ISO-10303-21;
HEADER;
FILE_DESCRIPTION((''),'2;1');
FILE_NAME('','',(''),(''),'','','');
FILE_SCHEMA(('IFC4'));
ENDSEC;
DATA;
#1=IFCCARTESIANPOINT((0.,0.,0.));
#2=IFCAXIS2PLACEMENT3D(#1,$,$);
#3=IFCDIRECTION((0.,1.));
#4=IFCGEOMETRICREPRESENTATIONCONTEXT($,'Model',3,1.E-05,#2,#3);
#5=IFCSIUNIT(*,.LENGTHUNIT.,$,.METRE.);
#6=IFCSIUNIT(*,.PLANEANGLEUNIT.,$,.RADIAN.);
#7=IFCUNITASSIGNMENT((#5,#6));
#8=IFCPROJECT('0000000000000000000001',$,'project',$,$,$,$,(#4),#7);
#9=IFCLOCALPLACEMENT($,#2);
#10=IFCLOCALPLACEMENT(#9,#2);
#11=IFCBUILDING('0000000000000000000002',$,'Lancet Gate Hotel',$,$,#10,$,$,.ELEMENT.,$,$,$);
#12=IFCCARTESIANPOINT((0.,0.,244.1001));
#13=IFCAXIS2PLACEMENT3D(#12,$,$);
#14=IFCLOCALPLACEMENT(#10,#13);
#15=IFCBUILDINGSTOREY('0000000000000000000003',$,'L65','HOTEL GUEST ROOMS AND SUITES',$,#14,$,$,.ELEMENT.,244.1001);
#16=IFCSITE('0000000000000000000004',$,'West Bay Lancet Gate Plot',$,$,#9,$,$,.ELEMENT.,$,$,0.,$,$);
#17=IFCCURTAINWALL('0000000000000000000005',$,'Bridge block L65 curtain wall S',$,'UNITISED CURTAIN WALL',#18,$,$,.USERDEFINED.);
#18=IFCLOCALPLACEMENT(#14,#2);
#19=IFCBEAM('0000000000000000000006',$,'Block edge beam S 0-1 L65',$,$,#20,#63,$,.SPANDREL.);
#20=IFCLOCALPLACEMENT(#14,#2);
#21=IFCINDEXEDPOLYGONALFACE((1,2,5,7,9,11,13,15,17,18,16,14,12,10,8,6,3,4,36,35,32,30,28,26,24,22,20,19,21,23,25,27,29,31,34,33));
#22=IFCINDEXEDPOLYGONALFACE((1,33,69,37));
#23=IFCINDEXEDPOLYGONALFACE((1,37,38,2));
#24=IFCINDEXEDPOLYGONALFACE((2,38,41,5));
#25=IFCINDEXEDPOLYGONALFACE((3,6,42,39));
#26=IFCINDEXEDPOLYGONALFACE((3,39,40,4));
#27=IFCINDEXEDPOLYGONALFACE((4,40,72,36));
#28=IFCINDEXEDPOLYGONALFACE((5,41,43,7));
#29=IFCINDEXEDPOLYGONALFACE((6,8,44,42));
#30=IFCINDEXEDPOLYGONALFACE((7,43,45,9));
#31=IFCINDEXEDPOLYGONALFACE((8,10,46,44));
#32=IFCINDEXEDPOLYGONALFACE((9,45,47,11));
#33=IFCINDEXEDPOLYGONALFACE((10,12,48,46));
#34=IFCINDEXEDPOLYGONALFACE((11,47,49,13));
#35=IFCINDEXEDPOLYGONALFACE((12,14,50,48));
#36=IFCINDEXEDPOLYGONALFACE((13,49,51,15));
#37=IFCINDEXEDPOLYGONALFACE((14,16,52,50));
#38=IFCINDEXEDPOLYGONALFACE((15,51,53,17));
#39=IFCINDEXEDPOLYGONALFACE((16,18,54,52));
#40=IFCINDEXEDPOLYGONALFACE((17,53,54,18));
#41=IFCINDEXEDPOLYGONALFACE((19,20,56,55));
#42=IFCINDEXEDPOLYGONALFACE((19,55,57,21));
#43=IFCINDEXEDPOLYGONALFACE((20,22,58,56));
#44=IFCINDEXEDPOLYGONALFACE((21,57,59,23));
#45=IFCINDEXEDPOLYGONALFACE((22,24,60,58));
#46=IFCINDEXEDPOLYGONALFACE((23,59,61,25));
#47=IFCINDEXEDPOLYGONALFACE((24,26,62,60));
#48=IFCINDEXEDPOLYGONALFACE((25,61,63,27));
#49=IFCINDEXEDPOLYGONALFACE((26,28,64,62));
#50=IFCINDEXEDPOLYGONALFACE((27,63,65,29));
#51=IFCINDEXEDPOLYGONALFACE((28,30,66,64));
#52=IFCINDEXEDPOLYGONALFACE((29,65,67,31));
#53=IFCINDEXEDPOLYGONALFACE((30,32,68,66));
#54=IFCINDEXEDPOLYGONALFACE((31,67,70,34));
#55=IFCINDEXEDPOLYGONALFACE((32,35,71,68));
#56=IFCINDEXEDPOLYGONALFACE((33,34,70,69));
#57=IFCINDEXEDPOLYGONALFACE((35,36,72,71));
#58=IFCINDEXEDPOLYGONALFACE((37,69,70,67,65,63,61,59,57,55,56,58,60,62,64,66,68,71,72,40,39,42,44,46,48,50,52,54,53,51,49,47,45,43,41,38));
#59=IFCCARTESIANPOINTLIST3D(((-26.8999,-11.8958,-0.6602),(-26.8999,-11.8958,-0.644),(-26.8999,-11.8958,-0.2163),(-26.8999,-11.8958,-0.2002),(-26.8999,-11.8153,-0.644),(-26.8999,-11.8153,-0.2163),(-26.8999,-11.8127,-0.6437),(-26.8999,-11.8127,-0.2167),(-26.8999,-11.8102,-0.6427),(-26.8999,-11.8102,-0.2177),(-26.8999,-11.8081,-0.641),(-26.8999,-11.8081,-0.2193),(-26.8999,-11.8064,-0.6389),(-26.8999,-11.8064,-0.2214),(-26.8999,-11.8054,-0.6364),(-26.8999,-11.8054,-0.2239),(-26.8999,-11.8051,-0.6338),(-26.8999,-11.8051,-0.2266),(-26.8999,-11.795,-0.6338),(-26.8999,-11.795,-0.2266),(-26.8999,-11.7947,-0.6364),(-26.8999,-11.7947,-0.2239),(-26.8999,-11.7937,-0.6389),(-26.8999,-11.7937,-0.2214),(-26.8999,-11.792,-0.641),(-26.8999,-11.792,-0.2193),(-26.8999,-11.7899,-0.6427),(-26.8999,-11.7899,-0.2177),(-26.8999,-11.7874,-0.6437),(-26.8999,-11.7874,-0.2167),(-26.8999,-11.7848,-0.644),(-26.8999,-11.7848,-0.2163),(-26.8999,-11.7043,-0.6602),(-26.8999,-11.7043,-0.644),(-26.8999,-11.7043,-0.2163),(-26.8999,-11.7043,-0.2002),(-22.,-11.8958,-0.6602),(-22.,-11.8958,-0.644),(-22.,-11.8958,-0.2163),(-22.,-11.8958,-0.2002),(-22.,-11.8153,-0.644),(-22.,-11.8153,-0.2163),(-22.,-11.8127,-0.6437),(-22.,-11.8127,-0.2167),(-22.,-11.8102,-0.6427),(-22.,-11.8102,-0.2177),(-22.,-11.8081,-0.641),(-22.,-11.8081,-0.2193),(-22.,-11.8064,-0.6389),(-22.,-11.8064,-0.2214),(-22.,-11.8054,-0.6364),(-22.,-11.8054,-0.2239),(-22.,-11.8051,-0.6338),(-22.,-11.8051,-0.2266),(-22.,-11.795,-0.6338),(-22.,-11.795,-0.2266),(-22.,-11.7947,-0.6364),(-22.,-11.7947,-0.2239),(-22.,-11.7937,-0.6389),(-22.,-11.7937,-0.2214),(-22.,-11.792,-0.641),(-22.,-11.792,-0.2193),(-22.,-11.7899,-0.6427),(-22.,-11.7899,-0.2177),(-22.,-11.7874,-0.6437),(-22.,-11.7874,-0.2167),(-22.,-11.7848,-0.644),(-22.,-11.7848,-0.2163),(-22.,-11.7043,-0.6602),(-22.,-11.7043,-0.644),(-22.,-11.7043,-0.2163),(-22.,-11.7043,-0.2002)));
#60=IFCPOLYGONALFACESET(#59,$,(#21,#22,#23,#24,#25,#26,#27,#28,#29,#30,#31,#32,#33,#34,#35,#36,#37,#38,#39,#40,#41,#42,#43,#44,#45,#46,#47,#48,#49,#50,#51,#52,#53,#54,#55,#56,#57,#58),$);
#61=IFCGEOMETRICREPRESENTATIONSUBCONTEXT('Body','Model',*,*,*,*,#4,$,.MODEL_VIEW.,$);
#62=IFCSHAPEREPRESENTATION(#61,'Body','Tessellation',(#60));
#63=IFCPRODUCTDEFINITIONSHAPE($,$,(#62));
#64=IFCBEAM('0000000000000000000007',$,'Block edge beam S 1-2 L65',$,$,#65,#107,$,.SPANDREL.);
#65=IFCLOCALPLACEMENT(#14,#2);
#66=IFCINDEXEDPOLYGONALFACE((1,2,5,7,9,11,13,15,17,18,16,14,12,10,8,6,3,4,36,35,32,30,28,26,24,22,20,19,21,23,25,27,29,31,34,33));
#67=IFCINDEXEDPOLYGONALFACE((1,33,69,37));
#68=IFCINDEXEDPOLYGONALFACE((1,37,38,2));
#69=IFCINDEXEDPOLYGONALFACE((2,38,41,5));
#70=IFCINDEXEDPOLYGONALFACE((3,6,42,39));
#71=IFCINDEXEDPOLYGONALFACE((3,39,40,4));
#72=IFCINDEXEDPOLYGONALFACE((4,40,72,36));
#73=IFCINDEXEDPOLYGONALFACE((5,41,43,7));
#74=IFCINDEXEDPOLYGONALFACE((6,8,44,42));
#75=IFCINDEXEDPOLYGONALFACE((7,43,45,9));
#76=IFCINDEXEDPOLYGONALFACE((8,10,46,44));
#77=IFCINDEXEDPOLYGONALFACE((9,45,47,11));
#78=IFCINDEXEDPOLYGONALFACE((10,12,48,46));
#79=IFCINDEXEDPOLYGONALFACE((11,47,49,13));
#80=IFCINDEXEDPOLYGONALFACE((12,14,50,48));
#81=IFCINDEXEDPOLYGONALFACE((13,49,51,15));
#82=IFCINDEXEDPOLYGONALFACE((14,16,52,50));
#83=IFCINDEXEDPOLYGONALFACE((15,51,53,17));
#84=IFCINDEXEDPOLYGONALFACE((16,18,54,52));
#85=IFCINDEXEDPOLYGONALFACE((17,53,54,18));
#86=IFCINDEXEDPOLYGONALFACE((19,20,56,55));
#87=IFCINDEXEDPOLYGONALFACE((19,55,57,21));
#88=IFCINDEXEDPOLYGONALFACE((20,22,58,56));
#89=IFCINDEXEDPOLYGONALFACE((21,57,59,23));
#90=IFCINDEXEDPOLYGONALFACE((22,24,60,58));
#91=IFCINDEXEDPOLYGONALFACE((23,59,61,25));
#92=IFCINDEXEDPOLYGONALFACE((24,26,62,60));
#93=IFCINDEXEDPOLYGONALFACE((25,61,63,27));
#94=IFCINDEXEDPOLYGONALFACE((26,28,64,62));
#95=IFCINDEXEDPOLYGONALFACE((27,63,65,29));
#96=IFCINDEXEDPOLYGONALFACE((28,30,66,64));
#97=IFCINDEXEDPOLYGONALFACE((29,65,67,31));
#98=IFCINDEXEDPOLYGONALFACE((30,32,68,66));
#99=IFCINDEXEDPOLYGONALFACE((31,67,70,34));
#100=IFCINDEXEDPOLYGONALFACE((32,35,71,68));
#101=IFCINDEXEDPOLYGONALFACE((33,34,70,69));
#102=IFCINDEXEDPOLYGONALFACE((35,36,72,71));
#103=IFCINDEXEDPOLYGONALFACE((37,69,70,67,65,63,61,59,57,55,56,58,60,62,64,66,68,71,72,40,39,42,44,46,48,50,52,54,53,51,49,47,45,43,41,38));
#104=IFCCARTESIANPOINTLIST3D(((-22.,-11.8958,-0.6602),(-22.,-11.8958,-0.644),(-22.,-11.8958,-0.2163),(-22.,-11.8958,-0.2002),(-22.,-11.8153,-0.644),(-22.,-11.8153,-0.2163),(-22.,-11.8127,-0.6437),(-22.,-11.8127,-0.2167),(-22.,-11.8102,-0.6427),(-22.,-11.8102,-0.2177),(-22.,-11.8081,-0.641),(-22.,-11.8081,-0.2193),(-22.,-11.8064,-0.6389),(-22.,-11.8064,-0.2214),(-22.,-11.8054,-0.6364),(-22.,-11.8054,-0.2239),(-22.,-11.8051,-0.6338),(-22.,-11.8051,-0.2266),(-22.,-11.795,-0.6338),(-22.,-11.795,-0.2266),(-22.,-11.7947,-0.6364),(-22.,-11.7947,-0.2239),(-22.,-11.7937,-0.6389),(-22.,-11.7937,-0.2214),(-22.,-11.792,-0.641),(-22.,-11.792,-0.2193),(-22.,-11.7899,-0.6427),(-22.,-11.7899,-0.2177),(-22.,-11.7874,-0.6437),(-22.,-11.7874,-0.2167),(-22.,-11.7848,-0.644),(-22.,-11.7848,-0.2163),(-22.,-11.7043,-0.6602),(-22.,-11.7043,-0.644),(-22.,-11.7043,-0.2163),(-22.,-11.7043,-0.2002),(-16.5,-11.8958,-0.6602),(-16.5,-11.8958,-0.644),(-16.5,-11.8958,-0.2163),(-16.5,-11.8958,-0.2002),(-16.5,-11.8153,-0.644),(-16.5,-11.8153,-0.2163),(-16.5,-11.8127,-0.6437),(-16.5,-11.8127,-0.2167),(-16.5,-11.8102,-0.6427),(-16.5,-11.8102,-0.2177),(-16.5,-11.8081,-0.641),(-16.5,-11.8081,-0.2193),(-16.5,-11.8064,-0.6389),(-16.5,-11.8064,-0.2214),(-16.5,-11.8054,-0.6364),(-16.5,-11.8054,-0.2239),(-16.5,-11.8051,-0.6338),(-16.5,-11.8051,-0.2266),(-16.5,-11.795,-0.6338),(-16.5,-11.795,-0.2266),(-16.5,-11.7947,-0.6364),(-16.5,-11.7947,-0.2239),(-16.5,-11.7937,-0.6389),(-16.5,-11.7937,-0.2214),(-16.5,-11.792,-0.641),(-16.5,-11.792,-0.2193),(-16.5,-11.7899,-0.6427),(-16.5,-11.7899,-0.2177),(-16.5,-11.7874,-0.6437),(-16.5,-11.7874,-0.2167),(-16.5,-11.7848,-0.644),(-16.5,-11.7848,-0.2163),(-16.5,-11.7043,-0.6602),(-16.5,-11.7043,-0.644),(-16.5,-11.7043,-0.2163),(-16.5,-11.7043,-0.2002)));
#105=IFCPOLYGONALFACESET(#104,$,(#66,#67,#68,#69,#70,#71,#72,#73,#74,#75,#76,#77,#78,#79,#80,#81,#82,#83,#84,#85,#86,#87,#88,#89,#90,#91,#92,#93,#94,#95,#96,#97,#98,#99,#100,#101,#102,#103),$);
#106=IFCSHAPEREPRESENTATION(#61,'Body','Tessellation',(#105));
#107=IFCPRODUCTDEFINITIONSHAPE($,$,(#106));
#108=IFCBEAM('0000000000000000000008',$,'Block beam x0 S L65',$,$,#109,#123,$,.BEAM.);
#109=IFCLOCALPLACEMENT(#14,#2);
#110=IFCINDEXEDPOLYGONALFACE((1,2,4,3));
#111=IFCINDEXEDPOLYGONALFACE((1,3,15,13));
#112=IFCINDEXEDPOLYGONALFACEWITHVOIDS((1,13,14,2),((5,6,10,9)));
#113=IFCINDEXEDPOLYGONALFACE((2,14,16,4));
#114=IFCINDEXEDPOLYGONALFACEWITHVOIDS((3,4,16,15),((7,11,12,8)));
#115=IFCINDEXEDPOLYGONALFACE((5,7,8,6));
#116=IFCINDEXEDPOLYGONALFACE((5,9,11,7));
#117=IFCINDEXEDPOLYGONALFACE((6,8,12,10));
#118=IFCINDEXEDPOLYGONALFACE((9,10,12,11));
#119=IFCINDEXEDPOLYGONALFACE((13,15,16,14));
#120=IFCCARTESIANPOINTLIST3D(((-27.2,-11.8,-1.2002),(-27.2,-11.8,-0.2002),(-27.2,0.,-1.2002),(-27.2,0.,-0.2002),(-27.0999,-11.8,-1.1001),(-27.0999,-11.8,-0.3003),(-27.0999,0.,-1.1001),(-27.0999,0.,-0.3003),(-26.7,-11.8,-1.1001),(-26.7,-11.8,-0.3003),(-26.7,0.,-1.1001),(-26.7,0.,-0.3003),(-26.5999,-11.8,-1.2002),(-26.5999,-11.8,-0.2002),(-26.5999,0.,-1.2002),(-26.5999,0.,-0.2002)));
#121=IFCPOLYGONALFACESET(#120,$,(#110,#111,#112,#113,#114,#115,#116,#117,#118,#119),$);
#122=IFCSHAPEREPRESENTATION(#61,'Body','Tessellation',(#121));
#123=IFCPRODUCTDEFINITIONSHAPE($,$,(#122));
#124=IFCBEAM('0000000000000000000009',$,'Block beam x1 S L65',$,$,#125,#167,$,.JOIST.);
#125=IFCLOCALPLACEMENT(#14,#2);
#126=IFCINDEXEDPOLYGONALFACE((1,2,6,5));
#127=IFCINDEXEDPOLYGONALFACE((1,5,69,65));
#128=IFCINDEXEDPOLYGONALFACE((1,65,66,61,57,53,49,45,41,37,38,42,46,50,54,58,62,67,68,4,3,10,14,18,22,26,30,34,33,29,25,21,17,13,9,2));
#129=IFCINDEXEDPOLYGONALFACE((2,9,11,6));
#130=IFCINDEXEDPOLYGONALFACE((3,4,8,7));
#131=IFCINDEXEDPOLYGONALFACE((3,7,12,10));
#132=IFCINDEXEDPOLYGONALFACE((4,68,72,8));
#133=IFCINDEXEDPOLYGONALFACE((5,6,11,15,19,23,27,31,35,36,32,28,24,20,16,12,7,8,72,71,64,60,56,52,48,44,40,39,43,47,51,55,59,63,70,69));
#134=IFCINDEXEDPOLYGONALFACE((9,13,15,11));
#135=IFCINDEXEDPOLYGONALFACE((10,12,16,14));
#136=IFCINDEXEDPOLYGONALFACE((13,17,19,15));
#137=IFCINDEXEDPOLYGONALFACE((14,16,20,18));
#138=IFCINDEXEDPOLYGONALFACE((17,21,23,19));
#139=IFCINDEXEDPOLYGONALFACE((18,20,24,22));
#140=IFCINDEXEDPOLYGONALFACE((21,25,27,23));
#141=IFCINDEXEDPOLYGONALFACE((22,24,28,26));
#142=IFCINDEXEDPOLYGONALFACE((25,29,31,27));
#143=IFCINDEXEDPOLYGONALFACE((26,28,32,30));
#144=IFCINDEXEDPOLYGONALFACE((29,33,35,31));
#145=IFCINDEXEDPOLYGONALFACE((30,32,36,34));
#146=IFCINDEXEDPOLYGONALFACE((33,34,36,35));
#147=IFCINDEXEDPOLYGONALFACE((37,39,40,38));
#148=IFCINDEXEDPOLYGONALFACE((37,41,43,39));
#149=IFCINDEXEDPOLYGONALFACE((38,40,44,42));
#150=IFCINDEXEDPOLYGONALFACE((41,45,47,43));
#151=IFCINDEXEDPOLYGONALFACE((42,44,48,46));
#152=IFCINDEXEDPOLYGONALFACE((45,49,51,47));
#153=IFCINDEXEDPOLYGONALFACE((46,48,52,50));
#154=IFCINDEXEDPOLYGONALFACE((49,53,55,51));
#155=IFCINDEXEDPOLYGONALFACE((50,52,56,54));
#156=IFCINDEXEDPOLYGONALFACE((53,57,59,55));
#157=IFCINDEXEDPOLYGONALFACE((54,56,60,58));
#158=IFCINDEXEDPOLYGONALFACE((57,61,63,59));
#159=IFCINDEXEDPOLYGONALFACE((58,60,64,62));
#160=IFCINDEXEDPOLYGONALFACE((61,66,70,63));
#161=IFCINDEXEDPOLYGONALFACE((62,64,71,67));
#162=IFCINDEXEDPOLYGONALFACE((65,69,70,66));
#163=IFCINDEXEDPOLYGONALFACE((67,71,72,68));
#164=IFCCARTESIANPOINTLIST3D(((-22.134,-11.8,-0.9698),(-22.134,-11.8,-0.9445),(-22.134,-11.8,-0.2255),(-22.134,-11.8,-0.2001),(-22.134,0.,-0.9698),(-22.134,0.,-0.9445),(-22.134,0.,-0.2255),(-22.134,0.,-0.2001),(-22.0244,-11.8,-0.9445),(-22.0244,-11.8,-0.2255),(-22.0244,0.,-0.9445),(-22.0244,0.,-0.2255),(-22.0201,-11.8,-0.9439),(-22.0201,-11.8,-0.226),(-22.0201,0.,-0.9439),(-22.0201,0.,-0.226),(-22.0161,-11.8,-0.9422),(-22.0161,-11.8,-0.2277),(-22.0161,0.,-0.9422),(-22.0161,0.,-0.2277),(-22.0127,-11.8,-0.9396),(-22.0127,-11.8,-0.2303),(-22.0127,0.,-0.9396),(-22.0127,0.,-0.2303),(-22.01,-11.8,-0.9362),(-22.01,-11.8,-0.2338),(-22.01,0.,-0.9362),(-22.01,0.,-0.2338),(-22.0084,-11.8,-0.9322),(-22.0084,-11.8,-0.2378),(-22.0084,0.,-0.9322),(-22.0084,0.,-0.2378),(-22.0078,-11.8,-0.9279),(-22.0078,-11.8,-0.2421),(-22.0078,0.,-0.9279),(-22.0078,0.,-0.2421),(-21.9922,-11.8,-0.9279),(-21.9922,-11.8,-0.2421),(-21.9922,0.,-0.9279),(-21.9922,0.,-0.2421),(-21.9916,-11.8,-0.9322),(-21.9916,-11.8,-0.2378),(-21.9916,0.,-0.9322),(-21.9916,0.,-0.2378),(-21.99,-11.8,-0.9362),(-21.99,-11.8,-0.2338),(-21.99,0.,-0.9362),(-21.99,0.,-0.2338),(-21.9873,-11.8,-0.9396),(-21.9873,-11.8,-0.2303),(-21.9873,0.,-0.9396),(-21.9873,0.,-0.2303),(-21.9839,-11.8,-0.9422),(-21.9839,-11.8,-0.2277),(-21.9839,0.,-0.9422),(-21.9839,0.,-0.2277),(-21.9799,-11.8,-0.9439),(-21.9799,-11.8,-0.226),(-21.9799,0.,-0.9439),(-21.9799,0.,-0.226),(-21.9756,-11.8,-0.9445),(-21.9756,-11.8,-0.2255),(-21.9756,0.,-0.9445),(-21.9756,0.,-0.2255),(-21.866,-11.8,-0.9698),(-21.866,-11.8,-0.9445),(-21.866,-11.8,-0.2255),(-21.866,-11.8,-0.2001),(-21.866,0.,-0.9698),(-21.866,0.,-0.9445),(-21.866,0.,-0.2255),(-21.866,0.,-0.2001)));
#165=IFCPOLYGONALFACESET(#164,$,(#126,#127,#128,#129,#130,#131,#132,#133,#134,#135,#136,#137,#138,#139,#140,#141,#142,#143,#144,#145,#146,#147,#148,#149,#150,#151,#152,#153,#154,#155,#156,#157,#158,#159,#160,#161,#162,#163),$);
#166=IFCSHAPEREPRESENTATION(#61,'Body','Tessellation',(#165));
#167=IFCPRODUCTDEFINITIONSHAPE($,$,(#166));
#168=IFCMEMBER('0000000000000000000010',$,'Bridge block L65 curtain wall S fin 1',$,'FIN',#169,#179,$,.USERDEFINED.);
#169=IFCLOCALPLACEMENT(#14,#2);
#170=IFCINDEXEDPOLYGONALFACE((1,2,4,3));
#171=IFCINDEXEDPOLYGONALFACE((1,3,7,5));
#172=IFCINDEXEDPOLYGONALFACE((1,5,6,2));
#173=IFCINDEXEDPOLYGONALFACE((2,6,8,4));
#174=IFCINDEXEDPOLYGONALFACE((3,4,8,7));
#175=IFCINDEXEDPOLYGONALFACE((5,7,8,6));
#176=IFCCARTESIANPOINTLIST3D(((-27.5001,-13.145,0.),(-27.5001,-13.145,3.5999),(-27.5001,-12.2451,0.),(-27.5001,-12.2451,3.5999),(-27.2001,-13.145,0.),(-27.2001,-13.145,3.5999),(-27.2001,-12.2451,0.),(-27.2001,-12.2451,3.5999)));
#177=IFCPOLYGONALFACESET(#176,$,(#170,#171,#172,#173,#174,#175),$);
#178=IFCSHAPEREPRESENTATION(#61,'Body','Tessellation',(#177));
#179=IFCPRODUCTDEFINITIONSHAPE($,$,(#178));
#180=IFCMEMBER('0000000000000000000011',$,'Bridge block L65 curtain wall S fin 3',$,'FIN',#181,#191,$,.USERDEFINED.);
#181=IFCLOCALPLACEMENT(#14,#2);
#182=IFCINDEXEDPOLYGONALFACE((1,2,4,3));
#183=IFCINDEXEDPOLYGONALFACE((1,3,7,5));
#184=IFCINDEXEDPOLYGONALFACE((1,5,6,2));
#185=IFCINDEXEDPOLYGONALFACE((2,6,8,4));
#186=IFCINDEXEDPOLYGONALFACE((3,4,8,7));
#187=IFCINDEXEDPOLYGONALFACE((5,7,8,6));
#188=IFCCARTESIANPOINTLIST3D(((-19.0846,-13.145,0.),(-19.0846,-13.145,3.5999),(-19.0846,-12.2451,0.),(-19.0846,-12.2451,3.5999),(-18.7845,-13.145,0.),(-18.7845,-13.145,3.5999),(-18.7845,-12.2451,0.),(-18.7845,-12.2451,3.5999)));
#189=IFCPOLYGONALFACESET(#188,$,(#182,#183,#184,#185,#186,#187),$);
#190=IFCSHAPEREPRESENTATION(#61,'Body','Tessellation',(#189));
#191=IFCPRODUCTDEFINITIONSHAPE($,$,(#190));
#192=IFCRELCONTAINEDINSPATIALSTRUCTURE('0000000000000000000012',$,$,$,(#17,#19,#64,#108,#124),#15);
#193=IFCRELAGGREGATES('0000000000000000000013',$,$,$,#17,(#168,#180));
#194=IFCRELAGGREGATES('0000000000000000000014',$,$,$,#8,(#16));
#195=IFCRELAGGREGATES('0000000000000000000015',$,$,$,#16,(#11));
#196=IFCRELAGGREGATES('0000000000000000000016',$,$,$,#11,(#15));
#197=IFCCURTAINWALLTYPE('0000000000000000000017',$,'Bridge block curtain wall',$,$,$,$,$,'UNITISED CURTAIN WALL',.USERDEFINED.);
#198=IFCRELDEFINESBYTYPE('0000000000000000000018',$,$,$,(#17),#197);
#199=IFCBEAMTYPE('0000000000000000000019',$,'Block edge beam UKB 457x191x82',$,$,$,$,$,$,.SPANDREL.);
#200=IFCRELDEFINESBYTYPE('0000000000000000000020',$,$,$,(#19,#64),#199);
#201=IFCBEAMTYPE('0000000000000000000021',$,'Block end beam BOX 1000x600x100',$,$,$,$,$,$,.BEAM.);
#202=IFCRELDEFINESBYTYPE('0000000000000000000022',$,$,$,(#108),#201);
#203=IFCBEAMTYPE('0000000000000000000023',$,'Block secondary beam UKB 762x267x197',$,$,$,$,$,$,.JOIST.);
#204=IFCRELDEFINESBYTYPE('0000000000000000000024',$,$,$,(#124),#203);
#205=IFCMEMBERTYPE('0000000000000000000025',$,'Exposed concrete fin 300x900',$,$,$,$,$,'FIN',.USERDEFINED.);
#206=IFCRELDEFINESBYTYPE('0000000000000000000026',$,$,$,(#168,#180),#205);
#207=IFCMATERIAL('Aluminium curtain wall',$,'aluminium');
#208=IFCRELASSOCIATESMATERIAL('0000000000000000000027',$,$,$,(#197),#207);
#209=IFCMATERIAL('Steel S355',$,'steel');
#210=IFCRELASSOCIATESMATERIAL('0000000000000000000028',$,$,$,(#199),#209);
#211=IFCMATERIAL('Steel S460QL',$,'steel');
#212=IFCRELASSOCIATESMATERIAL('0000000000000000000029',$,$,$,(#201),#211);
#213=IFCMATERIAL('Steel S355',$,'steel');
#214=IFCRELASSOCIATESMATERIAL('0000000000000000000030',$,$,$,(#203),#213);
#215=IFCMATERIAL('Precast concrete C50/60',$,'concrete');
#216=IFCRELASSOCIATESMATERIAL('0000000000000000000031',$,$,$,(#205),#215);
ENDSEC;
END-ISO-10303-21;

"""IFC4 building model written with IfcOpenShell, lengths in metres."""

from ifc_helpers import new_model, si_unit, direction, frame, origin, origin_2d, place, context, subcontext, project, spatial, rectangle, hollow_rectangle, i_section, extrude, material, material_profile, profile_set, type_object, element, aggregate, save


model = new_model("IFC4")

# Units and contexts
model_context = context("Model", 3, precision=1e-05, world=origin(), true_north=direction((0.0, 1.0)))
body_context = subcontext(model_context, "Body", "Model", "MODEL_VIEW")
ifc_project = project(units=[si_unit("LENGTHUNIT", "METRE"), si_unit("PLANEANGLEUNIT", "RADIAN")], contexts=[model_context])

# Site, building, storey
site_placement = place(None, origin())
site = spatial("IfcSite", under=ifc_project, at=site_placement, Name="West Bay Lancet Gate Plot", CompositionType="ELEMENT", RefElevation=0.0)
building_placement = place(site_placement, origin())
building = spatial("IfcBuilding", under=site, at=building_placement, Name="Lancet Gate Hotel", CompositionType="ELEMENT")
storey_placement = place(building_placement, frame((0.0, 0.0, 244.1001)))
storey = spatial("IfcBuildingStorey", under=building, at=storey_placement, Name="L65", Description="HOTEL GUEST ROOMS AND SUITES", CompositionType="ELEMENT", Elevation=244.1001)

# Curtain wall
ifc_material_1 = material(Name="Aluminium curtain wall", Category="aluminium")
curtain_wall_type_1 = type_object("IfcCurtainWallType", Name="Bridge block curtain wall", ElementType="UNITISED CURTAIN WALL", PredefinedType="USERDEFINED", material=ifc_material_1)
curtain_wall_1_placement = place(storey_placement, origin())
curtain_wall_1 = element("IfcCurtainWall", 1, at=curtain_wall_1_placement, inside=storey, type_object=curtain_wall_type_1, Name="Bridge block L65 curtain wall S", ObjectType="UNITISED CURTAIN WALL", PredefinedType="USERDEFINED")

# Beams
ifc_material_2 = material(Name="Steel S355", Category="steel")
ifc_material_profile_1 = material_profile(ifc_material_2, i_section(OverallWidth=0.1914, OverallDepth=0.46, WebThickness=0.01, FlangeThickness=0.0161, FilletRadius=0.0103, at=origin_2d()), Name="UKB 457x191x82")
ifc_profile_set_1 = profile_set([ifc_material_profile_1], Name="Steel S355")
beam_type_1 = type_object("IfcBeamType", Name="Block edge beam UKB 457x191x82", PredefinedType="SPANDREL", material=ifc_profile_set_1)
beam_1_placement = place(storey_placement, frame((-26.8999, -11.8, -0.4302), z_axis=(1.0, 0.0, 0.0), x_axis=(0.0, 1.0, 0.0)))
element("IfcBeam", 2, at=beam_1_placement, inside=storey, type_object=beam_type_1, Name="Block edge beam S 0-1 L65", PredefinedType="SPANDREL", context=body_context, shape_type="SweptSolid", body=[
    extrude(i_section(OverallWidth=0.1914, OverallDepth=0.46, WebThickness=0.01, FlangeThickness=0.0161, FilletRadius=0.0103, at=origin_2d()), origin(), (0.0, 0.0, 1.0), 4.8999),
])
beam_2_placement = place(storey_placement, frame((-22.0, -11.8, -0.4302), z_axis=(1.0, 0.0, 0.0), x_axis=(0.0, 1.0, 0.0)))
element("IfcBeam", 3, at=beam_2_placement, inside=storey, type_object=beam_type_1, Name="Block edge beam S 1-2 L65", PredefinedType="SPANDREL", context=body_context, shape_type="SweptSolid", body=[
    extrude(i_section(OverallWidth=0.1914, OverallDepth=0.46, WebThickness=0.01, FlangeThickness=0.0161, FilletRadius=0.0103, at=origin_2d()), origin(), (0.0, 0.0, 1.0), 5.5),
])
ifc_material_3 = material(Name="Steel S460QL", Category="steel")
ifc_material_profile_2 = material_profile(ifc_material_3, hollow_rectangle(XDim=0.6001, YDim=1.0, WallThickness=0.1001, at=origin_2d()), Name="BOX 1000x600x100")
ifc_profile_set_2 = profile_set([ifc_material_profile_2], Name="Steel S460QL")
beam_type_2 = type_object("IfcBeamType", Name="Block end beam BOX 1000x600x100", PredefinedType="BEAM", material=ifc_profile_set_2)
beam_3_placement = place(storey_placement, frame((-26.8999, -11.8, -0.7002), z_axis=(0.0, 1.0, 0.0), x_axis=(-1.0, 0.0, 0.0)))
element("IfcBeam", 4, at=beam_3_placement, inside=storey, type_object=beam_type_2, Name="Block beam x0 S L65", PredefinedType="BEAM", context=body_context, shape_type="SweptSolid", body=[
    extrude(hollow_rectangle(XDim=0.6001, YDim=1.0, WallThickness=0.1001, at=origin_2d()), origin(), (0.0, 0.0, 1.0), 11.8),
])
ifc_material_4 = material(Name="Steel S355", Category="steel")
ifc_material_profile_3 = material_profile(ifc_material_4, i_section(OverallWidth=0.2681, OverallDepth=0.7698, WebThickness=0.0156, FlangeThickness=0.0254, FilletRadius=0.0166, at=origin_2d()), Name="UKB 762x267x197")
ifc_profile_set_3 = profile_set([ifc_material_profile_3], Name="Steel S355")
beam_type_3 = type_object("IfcBeamType", Name="Block secondary beam UKB 762x267x197", PredefinedType="JOIST", material=ifc_profile_set_3)
beam_4_placement = place(storey_placement, frame((-22.0, -11.8, -0.585), z_axis=(0.0, 1.0, 0.0), x_axis=(-1.0, 0.0, 0.0)))
element("IfcBeam", 5, at=beam_4_placement, inside=storey, type_object=beam_type_3, Name="Block beam x1 S L65", PredefinedType="JOIST", context=body_context, shape_type="SweptSolid", body=[
    extrude(i_section(OverallWidth=0.2681, OverallDepth=0.7698, WebThickness=0.0156, FlangeThickness=0.0254, FilletRadius=0.0166, at=origin_2d()), origin(), (0.0, 0.0, 1.0), 11.8),
])

# Members
ifc_material_5 = material(Name="Precast concrete C50/60", Category="concrete")
ifc_material_profile_4 = material_profile(ifc_material_5, rectangle(XDim=0.3, YDim=0.8999, at=origin_2d()), Name="FIN 300x900")
ifc_profile_set_4 = profile_set([ifc_material_profile_4], Name="Precast concrete C50/60")
member_type_1 = type_object("IfcMemberType", Name="Exposed concrete fin 300x900", ElementType="FIN", PredefinedType="USERDEFINED", material=ifc_profile_set_4)
member_1_placement = place(storey_placement, frame((-27.3501, -12.6951, 0.0), z_axis=(0.0, 0.0, 1.0), x_axis=(1.0, 0.0, 0.0)))
member_1 = element("IfcMember", 6, at=member_1_placement, type_object=member_type_1, Name="Bridge block L65 curtain wall S fin 1", ObjectType="FIN", PredefinedType="USERDEFINED", context=body_context, shape_type="SweptSolid", body=[
    extrude(rectangle(XDim=0.3, YDim=0.8999, at=origin_2d()), origin(), (0.0, 0.0, 1.0), 3.5999),
])
member_2_placement = place(storey_placement, frame((-18.9346, -12.6951, 0.0), z_axis=(0.0, 0.0, 1.0), x_axis=(1.0, 0.0, 0.0)))
member_2 = element("IfcMember", 7, at=member_2_placement, type_object=member_type_1, Name="Bridge block L65 curtain wall S fin 3", ObjectType="FIN", PredefinedType="USERDEFINED", context=body_context, shape_type="SweptSolid", body=[
    extrude(rectangle(XDim=0.3, YDim=0.8999, at=origin_2d()), origin(), (0.0, 0.0, 1.0), 3.5999),
])

aggregate(curtain_wall_1, [member_1, member_2])

save(model, "model.ifc")
